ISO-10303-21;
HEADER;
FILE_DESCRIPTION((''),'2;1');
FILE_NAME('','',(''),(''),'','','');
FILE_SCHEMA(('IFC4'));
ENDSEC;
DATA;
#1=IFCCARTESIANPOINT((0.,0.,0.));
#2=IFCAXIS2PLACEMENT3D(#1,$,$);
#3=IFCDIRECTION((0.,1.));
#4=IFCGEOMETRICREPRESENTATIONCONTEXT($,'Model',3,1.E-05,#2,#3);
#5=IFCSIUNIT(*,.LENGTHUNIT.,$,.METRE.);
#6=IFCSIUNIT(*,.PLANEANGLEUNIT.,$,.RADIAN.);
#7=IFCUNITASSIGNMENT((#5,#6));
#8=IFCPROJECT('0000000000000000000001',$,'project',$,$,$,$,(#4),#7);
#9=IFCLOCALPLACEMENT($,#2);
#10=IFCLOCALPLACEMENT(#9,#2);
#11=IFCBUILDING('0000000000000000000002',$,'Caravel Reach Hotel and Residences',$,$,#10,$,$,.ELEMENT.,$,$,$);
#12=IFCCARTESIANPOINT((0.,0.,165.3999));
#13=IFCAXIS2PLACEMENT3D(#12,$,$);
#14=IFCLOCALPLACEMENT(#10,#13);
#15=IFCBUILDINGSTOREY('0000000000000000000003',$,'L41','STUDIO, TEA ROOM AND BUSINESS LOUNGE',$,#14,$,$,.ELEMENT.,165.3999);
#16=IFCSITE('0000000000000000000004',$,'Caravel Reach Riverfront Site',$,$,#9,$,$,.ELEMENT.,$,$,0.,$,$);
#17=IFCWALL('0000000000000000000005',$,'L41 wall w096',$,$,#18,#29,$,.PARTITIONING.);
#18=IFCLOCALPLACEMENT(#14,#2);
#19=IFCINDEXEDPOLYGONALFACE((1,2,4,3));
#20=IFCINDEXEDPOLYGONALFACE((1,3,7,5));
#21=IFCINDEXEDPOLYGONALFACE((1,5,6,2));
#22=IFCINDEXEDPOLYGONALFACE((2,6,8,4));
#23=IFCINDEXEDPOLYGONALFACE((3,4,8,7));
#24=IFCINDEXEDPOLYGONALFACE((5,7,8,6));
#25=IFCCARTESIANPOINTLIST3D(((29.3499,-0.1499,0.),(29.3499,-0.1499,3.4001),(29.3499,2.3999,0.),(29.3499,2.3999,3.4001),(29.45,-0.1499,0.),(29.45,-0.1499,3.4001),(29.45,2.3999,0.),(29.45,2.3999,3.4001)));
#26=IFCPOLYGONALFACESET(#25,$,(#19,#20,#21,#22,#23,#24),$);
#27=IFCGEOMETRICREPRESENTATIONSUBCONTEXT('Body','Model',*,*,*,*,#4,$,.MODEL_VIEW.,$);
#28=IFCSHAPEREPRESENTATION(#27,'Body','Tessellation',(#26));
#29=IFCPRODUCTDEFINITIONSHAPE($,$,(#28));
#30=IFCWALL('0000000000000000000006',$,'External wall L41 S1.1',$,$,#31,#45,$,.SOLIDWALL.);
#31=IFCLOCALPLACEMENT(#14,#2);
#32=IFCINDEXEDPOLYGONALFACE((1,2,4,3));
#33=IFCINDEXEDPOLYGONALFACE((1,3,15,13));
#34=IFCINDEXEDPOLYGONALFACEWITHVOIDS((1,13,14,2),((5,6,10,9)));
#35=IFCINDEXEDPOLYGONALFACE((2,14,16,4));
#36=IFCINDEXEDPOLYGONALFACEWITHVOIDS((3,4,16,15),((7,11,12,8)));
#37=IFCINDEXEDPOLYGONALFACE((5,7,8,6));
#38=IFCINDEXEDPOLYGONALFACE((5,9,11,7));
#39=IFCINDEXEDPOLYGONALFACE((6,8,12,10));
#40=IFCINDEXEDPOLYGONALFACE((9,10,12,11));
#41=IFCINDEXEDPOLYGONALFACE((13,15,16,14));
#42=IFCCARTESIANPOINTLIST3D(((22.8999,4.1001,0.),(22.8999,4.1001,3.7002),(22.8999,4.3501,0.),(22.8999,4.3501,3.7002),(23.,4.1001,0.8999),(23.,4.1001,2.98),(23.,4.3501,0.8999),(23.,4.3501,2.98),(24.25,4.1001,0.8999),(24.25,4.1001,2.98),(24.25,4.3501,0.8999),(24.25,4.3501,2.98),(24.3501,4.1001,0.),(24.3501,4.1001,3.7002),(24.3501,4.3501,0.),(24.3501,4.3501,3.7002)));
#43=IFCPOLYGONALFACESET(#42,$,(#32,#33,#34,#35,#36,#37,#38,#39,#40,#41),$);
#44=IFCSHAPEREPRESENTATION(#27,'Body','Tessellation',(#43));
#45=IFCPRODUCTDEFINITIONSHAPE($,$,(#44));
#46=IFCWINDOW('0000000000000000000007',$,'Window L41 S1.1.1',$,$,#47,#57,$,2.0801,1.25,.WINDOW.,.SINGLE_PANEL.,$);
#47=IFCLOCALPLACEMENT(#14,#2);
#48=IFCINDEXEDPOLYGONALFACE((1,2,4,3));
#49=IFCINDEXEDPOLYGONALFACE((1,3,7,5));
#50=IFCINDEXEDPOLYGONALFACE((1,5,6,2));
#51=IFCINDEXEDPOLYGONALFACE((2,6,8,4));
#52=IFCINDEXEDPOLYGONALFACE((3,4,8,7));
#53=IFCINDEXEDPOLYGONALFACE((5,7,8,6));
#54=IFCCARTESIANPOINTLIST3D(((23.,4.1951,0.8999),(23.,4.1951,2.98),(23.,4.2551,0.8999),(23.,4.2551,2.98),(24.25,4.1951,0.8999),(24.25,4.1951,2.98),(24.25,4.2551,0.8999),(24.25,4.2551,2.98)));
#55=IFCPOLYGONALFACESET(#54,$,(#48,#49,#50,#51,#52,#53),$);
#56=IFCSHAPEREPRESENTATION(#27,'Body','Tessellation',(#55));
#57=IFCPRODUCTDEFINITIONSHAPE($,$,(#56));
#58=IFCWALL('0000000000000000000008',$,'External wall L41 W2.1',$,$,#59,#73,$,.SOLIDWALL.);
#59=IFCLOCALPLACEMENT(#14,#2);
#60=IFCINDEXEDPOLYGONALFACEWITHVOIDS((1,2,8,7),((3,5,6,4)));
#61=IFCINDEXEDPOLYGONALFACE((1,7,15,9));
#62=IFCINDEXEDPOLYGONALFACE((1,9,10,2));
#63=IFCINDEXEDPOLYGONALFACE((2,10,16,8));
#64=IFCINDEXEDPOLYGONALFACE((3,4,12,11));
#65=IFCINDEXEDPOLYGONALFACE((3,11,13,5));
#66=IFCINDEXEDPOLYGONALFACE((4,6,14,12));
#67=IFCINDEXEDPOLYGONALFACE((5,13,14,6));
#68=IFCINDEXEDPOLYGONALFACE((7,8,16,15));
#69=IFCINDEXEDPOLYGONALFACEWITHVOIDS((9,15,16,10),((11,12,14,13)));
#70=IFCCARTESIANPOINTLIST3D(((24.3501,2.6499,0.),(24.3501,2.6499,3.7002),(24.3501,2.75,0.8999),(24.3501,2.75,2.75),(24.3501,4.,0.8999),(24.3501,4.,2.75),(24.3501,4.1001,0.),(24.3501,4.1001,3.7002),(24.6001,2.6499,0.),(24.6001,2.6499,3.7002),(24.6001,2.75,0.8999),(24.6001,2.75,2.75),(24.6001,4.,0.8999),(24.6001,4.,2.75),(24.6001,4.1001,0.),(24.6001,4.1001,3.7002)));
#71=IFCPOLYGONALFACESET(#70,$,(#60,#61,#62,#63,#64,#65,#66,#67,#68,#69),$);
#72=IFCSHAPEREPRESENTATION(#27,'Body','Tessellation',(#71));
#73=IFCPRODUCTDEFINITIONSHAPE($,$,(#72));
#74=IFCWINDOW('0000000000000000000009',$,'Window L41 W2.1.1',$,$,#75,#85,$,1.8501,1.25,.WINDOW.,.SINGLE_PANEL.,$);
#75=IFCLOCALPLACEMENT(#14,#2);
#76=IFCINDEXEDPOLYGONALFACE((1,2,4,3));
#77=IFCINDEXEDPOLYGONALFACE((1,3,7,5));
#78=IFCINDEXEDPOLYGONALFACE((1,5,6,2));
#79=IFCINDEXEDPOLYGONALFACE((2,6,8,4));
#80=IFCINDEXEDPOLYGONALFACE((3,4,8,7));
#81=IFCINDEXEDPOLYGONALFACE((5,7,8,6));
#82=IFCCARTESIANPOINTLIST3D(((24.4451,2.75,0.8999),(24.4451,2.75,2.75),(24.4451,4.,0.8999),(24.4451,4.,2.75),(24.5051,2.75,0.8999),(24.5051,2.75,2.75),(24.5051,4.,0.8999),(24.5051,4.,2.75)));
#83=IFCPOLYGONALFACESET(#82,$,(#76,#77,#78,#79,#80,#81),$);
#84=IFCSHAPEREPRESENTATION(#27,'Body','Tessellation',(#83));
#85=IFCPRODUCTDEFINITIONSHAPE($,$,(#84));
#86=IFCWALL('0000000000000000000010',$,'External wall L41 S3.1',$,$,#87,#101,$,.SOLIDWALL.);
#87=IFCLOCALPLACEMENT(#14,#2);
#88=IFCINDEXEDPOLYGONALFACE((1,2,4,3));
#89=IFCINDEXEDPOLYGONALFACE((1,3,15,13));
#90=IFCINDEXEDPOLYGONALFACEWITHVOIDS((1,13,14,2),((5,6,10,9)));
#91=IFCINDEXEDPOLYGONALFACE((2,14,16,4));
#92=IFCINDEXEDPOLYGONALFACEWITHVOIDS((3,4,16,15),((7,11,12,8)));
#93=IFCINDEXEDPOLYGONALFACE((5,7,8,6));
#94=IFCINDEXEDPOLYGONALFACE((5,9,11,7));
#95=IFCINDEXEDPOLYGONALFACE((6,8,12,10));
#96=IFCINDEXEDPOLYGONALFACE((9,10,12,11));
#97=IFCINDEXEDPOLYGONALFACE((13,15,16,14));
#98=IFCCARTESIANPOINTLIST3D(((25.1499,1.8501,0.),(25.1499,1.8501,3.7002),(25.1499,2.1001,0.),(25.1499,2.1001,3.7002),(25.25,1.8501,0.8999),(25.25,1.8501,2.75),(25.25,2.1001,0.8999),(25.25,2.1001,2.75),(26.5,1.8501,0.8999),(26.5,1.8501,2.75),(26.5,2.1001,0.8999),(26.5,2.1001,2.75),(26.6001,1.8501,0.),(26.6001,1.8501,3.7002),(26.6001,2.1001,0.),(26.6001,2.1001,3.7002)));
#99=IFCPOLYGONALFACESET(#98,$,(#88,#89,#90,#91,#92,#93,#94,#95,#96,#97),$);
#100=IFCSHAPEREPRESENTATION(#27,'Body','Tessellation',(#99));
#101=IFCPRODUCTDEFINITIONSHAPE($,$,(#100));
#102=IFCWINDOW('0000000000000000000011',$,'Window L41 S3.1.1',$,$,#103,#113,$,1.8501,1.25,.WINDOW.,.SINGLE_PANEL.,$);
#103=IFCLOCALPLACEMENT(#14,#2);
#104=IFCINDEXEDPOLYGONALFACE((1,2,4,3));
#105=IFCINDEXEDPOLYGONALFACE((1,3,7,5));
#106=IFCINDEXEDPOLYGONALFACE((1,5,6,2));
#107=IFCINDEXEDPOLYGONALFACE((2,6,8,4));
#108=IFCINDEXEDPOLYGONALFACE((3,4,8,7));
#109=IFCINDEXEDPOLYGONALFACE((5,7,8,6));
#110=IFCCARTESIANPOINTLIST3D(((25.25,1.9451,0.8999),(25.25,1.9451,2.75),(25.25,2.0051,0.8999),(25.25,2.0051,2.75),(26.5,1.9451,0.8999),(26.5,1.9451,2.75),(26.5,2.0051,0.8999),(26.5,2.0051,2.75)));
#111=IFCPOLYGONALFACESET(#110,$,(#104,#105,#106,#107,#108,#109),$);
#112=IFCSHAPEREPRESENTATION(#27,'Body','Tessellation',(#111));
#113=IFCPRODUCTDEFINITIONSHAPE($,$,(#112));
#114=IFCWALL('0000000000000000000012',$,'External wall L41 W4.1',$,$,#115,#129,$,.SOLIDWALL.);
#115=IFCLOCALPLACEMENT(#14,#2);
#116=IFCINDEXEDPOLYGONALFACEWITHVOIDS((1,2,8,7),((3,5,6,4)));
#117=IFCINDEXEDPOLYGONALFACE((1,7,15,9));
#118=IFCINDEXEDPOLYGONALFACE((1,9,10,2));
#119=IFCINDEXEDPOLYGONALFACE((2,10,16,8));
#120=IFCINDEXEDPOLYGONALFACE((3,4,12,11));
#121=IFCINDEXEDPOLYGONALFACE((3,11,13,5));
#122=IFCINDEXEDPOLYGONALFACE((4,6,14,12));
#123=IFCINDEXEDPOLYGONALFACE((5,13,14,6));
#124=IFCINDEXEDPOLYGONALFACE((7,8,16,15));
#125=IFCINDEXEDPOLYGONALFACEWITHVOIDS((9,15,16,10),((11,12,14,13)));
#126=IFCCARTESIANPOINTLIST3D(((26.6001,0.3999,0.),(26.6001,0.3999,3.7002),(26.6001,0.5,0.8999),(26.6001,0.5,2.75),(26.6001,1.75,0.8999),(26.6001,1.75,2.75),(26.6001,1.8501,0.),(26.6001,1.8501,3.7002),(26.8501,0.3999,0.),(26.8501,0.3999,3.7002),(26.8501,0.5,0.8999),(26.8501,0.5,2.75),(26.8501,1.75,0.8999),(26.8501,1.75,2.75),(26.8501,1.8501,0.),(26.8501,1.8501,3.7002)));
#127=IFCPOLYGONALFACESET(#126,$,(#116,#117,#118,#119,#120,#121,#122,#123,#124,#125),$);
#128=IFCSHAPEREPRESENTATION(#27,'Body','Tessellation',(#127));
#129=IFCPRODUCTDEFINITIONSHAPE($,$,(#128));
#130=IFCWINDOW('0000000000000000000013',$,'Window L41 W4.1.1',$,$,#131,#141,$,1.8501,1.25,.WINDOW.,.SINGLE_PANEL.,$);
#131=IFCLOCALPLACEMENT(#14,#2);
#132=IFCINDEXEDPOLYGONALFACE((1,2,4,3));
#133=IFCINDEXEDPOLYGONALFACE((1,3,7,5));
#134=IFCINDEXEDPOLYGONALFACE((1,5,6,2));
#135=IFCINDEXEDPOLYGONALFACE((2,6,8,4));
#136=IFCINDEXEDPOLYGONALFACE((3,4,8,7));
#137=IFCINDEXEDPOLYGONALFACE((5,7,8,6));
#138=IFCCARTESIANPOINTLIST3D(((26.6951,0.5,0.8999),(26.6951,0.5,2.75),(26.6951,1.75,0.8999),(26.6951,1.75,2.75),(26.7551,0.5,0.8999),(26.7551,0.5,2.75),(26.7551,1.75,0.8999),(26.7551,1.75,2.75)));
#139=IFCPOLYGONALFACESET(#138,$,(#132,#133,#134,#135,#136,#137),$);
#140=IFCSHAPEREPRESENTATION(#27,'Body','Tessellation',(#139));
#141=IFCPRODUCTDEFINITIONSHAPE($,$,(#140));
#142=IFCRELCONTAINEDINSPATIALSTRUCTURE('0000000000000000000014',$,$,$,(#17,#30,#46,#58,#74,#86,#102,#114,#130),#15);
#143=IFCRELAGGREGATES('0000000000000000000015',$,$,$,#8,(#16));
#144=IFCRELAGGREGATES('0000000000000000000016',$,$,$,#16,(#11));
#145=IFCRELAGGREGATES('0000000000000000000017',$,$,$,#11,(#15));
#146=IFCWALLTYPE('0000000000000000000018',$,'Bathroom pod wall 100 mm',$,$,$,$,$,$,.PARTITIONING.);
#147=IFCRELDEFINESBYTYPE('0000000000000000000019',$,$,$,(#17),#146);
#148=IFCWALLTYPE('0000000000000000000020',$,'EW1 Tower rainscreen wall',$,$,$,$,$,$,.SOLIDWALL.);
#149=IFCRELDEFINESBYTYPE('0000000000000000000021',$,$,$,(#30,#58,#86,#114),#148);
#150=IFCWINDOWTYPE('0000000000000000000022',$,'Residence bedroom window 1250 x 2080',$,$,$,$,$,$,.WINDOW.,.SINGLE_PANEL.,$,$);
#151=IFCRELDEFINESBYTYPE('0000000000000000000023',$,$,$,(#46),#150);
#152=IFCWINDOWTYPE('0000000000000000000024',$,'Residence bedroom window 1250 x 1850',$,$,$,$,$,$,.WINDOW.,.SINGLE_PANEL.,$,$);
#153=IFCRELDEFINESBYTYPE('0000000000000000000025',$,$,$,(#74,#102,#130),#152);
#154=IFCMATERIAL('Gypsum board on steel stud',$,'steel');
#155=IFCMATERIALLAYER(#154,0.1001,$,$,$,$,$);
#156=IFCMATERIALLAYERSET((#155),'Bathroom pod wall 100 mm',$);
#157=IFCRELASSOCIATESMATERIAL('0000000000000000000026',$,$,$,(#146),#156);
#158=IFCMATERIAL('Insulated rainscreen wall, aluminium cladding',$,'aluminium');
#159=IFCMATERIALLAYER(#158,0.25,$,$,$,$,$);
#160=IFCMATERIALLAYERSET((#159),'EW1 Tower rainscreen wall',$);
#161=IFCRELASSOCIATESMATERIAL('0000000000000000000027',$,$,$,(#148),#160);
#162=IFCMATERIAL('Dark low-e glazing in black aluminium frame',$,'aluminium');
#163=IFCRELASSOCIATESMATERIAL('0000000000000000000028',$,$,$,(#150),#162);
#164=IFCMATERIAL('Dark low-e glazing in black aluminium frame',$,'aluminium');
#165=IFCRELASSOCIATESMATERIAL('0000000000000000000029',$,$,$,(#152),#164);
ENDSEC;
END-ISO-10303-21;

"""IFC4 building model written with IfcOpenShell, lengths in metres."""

from ifc_helpers import new_model, si_unit, direction, frame, frame_2d, origin, place, context, subcontext, project, spatial, rectangle, extrude, material, layer, layer_set, type_object, element, fill, save


model = new_model("IFC4")

# Units and contexts
model_context = context("Model", 3, precision=1e-05, world=origin(), true_north=direction((0.0, 1.0)))
body_context = subcontext(model_context, "Body", "Model", "MODEL_VIEW")
ifc_project = project(units=[si_unit("LENGTHUNIT", "METRE"), si_unit("PLANEANGLEUNIT", "RADIAN")], contexts=[model_context])

# Site, building, storey
site_placement = place(None, origin())
site = spatial("IfcSite", under=ifc_project, at=site_placement, Name="Caravel Reach Riverfront Site", CompositionType="ELEMENT", RefElevation=0.0)
building_placement = place(site_placement, origin())
building = spatial("IfcBuilding", under=site, at=building_placement, Name="Caravel Reach Hotel and Residences", CompositionType="ELEMENT")
storey_placement = place(building_placement, frame((0.0, 0.0, 165.3999)))
storey = spatial("IfcBuildingStorey", under=building, at=storey_placement, Name="L41", Description="STUDIO, TEA ROOM AND BUSINESS LOUNGE", CompositionType="ELEMENT", Elevation=165.3999)

# Shared definitions
ifc_material_1 = material(Name="Gypsum board on steel stud", Category="steel")
ifc_layer_1 = layer(ifc_material_1, 0.1001)
ifc_layer_set_1 = layer_set([ifc_layer_1], Name="Bathroom pod wall 100 mm")
wall_type_1 = type_object("IfcWallType", Name="Bathroom pod wall 100 mm", PredefinedType="PARTITIONING", material=ifc_layer_set_1)

# Wall
wall_1_placement = place(storey_placement, frame((29.3999, -0.1499, 0.0), z_axis=(0.0, 0.0, 1.0), x_axis=(0.0, 1.0, 0.0)))
element("IfcWall", 1, at=wall_1_placement, inside=storey, type_object=wall_type_1, Name="L41 wall w096", PredefinedType="PARTITIONING", context=body_context, shape_type="SweptSolid", body=[
    extrude(rectangle(XDim=2.5498, YDim=0.1001, at=frame_2d((1.2749, 0.0))), origin(), (0.0, 0.0, 1.0), 3.4001),
])

# Walls, openings, windows
ifc_material_2 = material(Name="Insulated rainscreen wall, aluminium cladding", Category="aluminium")
ifc_layer_2 = layer(ifc_material_2, 0.25)
ifc_layer_set_2 = layer_set([ifc_layer_2], Name="EW1 Tower rainscreen wall")
wall_type_2 = type_object("IfcWallType", Name="EW1 Tower rainscreen wall", PredefinedType="SOLIDWALL", material=ifc_layer_set_2)
wall_2_placement = place(storey_placement, frame((22.8999, 4.2251, 0.0), z_axis=(0.0, 0.0, 1.0), x_axis=(1.0, 0.0, 0.0)))
wall_2 = element("IfcWall", 2, at=wall_2_placement, inside=storey, type_object=wall_type_2, Name="External wall L41 S1.1", PredefinedType="SOLIDWALL", context=body_context, shape_type="SweptSolid", body=[
    extrude(rectangle(XDim=1.4502, YDim=0.25, at=frame_2d((0.7251, 0.0))), origin(), (0.0, 0.0, 1.0), 3.7002),
])
opening_1_placement = place(wall_2_placement, frame((0.1001, 0.0, 0.8999)))
opening_1 = element("IfcOpeningElement", 3, at=opening_1_placement, cuts=wall_2, PredefinedType="OPENING", context=body_context, shape_type="SweptSolid", body=[
    extrude(rectangle(XDim=1.25, YDim=2.0801, at=frame_2d((0.625, 1.04))), frame((0.0, 0.135, 0.0), z_axis=(0.0, -1.0, 0.0), x_axis=(1.0, 0.0, 0.0)), (0.0, 0.0, 1.0), 0.27),
])
ifc_material_3 = material(Name="Dark low-e glazing in black aluminium frame", Category="aluminium")
window_type_1 = type_object("IfcWindowType", Name="Residence bedroom window 1250 x 2080", PartitioningType="SINGLE_PANEL", PredefinedType="WINDOW", material=ifc_material_3)
window_1_placement = place(opening_1_placement, origin())
window_1 = element("IfcWindow", 4, at=window_1_placement, inside=storey, type_object=window_type_1, Name="Window L41 S1.1.1", OverallHeight=2.0801, OverallWidth=1.25, PartitioningType="SINGLE_PANEL", PredefinedType="WINDOW", context=body_context, shape_type="SweptSolid", body=[
    extrude(rectangle(XDim=1.25, YDim=2.0801, at=frame_2d((0.625, 1.04))), frame((0.0, 0.03, 0.0), z_axis=(0.0, -1.0, 0.0), x_axis=(1.0, 0.0, 0.0)), (0.0, 0.0, 1.0), 0.0601),
])
fill(opening_1, window_1)
wall_3_placement = place(storey_placement, frame((24.4751, 4.1001, 0.0), z_axis=(0.0, 0.0, 1.0), x_axis=(0.0, -1.0, 0.0)))
wall_3 = element("IfcWall", 5, at=wall_3_placement, inside=storey, type_object=wall_type_2, Name="External wall L41 W2.1", PredefinedType="SOLIDWALL", context=body_context, shape_type="SweptSolid", body=[
    extrude(rectangle(XDim=1.4502, YDim=0.25, at=frame_2d((0.7251, 0.0))), origin(), (0.0, 0.0, 1.0), 3.7002),
])
opening_2_placement = place(wall_3_placement, frame((0.1001, 0.0, 0.8999)))
opening_2 = element("IfcOpeningElement", 6, at=opening_2_placement, cuts=wall_3, PredefinedType="OPENING", context=body_context, shape_type="SweptSolid", body=[
    extrude(rectangle(XDim=1.25, YDim=1.8501, at=frame_2d((0.625, 0.925))), frame((0.0, 0.135, 0.0), z_axis=(0.0, -1.0, 0.0), x_axis=(1.0, 0.0, 0.0)), (0.0, 0.0, 1.0), 0.27),
])
ifc_material_4 = material(Name="Dark low-e glazing in black aluminium frame", Category="aluminium")
window_type_2 = type_object("IfcWindowType", Name="Residence bedroom window 1250 x 1850", PartitioningType="SINGLE_PANEL", PredefinedType="WINDOW", material=ifc_material_4)
window_2_placement = place(opening_2_placement, origin())
window_2 = element("IfcWindow", 7, at=window_2_placement, inside=storey, type_object=window_type_2, Name="Window L41 W2.1.1", OverallHeight=1.8501, OverallWidth=1.25, PartitioningType="SINGLE_PANEL", PredefinedType="WINDOW", context=body_context, shape_type="SweptSolid", body=[
    extrude(rectangle(XDim=1.25, YDim=1.8501, at=frame_2d((0.625, 0.925))), frame((0.0, 0.03, 0.0), z_axis=(0.0, -1.0, 0.0), x_axis=(1.0, 0.0, 0.0)), (0.0, 0.0, 1.0), 0.0601),
])
fill(opening_2, window_2)
wall_4_placement = place(storey_placement, frame((25.1499, 1.9751, 0.0), z_axis=(0.0, 0.0, 1.0), x_axis=(1.0, 0.0, 0.0)))
wall_4 = element("IfcWall", 8, at=wall_4_placement, inside=storey, type_object=wall_type_2, Name="External wall L41 S3.1", PredefinedType="SOLIDWALL", context=body_context, shape_type="SweptSolid", body=[
    extrude(rectangle(XDim=1.4502, YDim=0.25, at=frame_2d((0.7251, 0.0))), origin(), (0.0, 0.0, 1.0), 3.7002),
])
opening_3_placement = place(wall_4_placement, frame((0.1001, 0.0, 0.8999)))
opening_3 = element("IfcOpeningElement", 9, at=opening_3_placement, cuts=wall_4, PredefinedType="OPENING", context=body_context, shape_type="SweptSolid", body=[
    extrude(rectangle(XDim=1.25, YDim=1.8501, at=frame_2d((0.625, 0.925))), frame((0.0, 0.135, 0.0), z_axis=(0.0, -1.0, 0.0), x_axis=(1.0, 0.0, 0.0)), (0.0, 0.0, 1.0), 0.27),
])
window_3_placement = place(opening_3_placement, origin())
window_3 = element("IfcWindow", 10, at=window_3_placement, inside=storey, type_object=window_type_2, Name="Window L41 S3.1.1", OverallHeight=1.8501, OverallWidth=1.25, PartitioningType="SINGLE_PANEL", PredefinedType="WINDOW", context=body_context, shape_type="SweptSolid", body=[
    extrude(rectangle(XDim=1.25, YDim=1.8501, at=frame_2d((0.625, 0.925))), frame((0.0, 0.03, 0.0), z_axis=(0.0, -1.0, 0.0), x_axis=(1.0, 0.0, 0.0)), (0.0, 0.0, 1.0), 0.0601),
])
fill(opening_3, window_3)
wall_5_placement = place(storey_placement, frame((26.7251, 1.8501, 0.0), z_axis=(0.0, 0.0, 1.0), x_axis=(0.0, -1.0, 0.0)))
wall_5 = element("IfcWall", 11, at=wall_5_placement, inside=storey, type_object=wall_type_2, Name="External wall L41 W4.1", PredefinedType="SOLIDWALL", context=body_context, shape_type="SweptSolid", body=[
    extrude(rectangle(XDim=1.4502, YDim=0.25, at=frame_2d((0.7251, 0.0))), origin(), (0.0, 0.0, 1.0), 3.7002),
])
opening_4_placement = place(wall_5_placement, frame((0.1001, 0.0, 0.8999)))
opening_4 = element("IfcOpeningElement", 12, at=opening_4_placement, cuts=wall_5, PredefinedType="OPENING", context=body_context, shape_type="SweptSolid", body=[
    extrude(rectangle(XDim=1.25, YDim=1.8501, at=frame_2d((0.625, 0.925))), frame((0.0, 0.135, 0.0), z_axis=(0.0, -1.0, 0.0), x_axis=(1.0, 0.0, 0.0)), (0.0, 0.0, 1.0), 0.27),
])
window_4_placement = place(opening_4_placement, origin())
window_4 = element("IfcWindow", 13, at=window_4_placement, inside=storey, type_object=window_type_2, Name="Window L41 W4.1.1", OverallHeight=1.8501, OverallWidth=1.25, PartitioningType="SINGLE_PANEL", PredefinedType="WINDOW", context=body_context, shape_type="SweptSolid", body=[
    extrude(rectangle(XDim=1.25, YDim=1.8501, at=frame_2d((0.625, 0.925))), frame((0.0, 0.03, 0.0), z_axis=(0.0, -1.0, 0.0), x_axis=(1.0, 0.0, 0.0)), (0.0, 0.0, 1.0), 0.0601),
])
fill(opening_4, window_4)

save(model, "model.ifc")
